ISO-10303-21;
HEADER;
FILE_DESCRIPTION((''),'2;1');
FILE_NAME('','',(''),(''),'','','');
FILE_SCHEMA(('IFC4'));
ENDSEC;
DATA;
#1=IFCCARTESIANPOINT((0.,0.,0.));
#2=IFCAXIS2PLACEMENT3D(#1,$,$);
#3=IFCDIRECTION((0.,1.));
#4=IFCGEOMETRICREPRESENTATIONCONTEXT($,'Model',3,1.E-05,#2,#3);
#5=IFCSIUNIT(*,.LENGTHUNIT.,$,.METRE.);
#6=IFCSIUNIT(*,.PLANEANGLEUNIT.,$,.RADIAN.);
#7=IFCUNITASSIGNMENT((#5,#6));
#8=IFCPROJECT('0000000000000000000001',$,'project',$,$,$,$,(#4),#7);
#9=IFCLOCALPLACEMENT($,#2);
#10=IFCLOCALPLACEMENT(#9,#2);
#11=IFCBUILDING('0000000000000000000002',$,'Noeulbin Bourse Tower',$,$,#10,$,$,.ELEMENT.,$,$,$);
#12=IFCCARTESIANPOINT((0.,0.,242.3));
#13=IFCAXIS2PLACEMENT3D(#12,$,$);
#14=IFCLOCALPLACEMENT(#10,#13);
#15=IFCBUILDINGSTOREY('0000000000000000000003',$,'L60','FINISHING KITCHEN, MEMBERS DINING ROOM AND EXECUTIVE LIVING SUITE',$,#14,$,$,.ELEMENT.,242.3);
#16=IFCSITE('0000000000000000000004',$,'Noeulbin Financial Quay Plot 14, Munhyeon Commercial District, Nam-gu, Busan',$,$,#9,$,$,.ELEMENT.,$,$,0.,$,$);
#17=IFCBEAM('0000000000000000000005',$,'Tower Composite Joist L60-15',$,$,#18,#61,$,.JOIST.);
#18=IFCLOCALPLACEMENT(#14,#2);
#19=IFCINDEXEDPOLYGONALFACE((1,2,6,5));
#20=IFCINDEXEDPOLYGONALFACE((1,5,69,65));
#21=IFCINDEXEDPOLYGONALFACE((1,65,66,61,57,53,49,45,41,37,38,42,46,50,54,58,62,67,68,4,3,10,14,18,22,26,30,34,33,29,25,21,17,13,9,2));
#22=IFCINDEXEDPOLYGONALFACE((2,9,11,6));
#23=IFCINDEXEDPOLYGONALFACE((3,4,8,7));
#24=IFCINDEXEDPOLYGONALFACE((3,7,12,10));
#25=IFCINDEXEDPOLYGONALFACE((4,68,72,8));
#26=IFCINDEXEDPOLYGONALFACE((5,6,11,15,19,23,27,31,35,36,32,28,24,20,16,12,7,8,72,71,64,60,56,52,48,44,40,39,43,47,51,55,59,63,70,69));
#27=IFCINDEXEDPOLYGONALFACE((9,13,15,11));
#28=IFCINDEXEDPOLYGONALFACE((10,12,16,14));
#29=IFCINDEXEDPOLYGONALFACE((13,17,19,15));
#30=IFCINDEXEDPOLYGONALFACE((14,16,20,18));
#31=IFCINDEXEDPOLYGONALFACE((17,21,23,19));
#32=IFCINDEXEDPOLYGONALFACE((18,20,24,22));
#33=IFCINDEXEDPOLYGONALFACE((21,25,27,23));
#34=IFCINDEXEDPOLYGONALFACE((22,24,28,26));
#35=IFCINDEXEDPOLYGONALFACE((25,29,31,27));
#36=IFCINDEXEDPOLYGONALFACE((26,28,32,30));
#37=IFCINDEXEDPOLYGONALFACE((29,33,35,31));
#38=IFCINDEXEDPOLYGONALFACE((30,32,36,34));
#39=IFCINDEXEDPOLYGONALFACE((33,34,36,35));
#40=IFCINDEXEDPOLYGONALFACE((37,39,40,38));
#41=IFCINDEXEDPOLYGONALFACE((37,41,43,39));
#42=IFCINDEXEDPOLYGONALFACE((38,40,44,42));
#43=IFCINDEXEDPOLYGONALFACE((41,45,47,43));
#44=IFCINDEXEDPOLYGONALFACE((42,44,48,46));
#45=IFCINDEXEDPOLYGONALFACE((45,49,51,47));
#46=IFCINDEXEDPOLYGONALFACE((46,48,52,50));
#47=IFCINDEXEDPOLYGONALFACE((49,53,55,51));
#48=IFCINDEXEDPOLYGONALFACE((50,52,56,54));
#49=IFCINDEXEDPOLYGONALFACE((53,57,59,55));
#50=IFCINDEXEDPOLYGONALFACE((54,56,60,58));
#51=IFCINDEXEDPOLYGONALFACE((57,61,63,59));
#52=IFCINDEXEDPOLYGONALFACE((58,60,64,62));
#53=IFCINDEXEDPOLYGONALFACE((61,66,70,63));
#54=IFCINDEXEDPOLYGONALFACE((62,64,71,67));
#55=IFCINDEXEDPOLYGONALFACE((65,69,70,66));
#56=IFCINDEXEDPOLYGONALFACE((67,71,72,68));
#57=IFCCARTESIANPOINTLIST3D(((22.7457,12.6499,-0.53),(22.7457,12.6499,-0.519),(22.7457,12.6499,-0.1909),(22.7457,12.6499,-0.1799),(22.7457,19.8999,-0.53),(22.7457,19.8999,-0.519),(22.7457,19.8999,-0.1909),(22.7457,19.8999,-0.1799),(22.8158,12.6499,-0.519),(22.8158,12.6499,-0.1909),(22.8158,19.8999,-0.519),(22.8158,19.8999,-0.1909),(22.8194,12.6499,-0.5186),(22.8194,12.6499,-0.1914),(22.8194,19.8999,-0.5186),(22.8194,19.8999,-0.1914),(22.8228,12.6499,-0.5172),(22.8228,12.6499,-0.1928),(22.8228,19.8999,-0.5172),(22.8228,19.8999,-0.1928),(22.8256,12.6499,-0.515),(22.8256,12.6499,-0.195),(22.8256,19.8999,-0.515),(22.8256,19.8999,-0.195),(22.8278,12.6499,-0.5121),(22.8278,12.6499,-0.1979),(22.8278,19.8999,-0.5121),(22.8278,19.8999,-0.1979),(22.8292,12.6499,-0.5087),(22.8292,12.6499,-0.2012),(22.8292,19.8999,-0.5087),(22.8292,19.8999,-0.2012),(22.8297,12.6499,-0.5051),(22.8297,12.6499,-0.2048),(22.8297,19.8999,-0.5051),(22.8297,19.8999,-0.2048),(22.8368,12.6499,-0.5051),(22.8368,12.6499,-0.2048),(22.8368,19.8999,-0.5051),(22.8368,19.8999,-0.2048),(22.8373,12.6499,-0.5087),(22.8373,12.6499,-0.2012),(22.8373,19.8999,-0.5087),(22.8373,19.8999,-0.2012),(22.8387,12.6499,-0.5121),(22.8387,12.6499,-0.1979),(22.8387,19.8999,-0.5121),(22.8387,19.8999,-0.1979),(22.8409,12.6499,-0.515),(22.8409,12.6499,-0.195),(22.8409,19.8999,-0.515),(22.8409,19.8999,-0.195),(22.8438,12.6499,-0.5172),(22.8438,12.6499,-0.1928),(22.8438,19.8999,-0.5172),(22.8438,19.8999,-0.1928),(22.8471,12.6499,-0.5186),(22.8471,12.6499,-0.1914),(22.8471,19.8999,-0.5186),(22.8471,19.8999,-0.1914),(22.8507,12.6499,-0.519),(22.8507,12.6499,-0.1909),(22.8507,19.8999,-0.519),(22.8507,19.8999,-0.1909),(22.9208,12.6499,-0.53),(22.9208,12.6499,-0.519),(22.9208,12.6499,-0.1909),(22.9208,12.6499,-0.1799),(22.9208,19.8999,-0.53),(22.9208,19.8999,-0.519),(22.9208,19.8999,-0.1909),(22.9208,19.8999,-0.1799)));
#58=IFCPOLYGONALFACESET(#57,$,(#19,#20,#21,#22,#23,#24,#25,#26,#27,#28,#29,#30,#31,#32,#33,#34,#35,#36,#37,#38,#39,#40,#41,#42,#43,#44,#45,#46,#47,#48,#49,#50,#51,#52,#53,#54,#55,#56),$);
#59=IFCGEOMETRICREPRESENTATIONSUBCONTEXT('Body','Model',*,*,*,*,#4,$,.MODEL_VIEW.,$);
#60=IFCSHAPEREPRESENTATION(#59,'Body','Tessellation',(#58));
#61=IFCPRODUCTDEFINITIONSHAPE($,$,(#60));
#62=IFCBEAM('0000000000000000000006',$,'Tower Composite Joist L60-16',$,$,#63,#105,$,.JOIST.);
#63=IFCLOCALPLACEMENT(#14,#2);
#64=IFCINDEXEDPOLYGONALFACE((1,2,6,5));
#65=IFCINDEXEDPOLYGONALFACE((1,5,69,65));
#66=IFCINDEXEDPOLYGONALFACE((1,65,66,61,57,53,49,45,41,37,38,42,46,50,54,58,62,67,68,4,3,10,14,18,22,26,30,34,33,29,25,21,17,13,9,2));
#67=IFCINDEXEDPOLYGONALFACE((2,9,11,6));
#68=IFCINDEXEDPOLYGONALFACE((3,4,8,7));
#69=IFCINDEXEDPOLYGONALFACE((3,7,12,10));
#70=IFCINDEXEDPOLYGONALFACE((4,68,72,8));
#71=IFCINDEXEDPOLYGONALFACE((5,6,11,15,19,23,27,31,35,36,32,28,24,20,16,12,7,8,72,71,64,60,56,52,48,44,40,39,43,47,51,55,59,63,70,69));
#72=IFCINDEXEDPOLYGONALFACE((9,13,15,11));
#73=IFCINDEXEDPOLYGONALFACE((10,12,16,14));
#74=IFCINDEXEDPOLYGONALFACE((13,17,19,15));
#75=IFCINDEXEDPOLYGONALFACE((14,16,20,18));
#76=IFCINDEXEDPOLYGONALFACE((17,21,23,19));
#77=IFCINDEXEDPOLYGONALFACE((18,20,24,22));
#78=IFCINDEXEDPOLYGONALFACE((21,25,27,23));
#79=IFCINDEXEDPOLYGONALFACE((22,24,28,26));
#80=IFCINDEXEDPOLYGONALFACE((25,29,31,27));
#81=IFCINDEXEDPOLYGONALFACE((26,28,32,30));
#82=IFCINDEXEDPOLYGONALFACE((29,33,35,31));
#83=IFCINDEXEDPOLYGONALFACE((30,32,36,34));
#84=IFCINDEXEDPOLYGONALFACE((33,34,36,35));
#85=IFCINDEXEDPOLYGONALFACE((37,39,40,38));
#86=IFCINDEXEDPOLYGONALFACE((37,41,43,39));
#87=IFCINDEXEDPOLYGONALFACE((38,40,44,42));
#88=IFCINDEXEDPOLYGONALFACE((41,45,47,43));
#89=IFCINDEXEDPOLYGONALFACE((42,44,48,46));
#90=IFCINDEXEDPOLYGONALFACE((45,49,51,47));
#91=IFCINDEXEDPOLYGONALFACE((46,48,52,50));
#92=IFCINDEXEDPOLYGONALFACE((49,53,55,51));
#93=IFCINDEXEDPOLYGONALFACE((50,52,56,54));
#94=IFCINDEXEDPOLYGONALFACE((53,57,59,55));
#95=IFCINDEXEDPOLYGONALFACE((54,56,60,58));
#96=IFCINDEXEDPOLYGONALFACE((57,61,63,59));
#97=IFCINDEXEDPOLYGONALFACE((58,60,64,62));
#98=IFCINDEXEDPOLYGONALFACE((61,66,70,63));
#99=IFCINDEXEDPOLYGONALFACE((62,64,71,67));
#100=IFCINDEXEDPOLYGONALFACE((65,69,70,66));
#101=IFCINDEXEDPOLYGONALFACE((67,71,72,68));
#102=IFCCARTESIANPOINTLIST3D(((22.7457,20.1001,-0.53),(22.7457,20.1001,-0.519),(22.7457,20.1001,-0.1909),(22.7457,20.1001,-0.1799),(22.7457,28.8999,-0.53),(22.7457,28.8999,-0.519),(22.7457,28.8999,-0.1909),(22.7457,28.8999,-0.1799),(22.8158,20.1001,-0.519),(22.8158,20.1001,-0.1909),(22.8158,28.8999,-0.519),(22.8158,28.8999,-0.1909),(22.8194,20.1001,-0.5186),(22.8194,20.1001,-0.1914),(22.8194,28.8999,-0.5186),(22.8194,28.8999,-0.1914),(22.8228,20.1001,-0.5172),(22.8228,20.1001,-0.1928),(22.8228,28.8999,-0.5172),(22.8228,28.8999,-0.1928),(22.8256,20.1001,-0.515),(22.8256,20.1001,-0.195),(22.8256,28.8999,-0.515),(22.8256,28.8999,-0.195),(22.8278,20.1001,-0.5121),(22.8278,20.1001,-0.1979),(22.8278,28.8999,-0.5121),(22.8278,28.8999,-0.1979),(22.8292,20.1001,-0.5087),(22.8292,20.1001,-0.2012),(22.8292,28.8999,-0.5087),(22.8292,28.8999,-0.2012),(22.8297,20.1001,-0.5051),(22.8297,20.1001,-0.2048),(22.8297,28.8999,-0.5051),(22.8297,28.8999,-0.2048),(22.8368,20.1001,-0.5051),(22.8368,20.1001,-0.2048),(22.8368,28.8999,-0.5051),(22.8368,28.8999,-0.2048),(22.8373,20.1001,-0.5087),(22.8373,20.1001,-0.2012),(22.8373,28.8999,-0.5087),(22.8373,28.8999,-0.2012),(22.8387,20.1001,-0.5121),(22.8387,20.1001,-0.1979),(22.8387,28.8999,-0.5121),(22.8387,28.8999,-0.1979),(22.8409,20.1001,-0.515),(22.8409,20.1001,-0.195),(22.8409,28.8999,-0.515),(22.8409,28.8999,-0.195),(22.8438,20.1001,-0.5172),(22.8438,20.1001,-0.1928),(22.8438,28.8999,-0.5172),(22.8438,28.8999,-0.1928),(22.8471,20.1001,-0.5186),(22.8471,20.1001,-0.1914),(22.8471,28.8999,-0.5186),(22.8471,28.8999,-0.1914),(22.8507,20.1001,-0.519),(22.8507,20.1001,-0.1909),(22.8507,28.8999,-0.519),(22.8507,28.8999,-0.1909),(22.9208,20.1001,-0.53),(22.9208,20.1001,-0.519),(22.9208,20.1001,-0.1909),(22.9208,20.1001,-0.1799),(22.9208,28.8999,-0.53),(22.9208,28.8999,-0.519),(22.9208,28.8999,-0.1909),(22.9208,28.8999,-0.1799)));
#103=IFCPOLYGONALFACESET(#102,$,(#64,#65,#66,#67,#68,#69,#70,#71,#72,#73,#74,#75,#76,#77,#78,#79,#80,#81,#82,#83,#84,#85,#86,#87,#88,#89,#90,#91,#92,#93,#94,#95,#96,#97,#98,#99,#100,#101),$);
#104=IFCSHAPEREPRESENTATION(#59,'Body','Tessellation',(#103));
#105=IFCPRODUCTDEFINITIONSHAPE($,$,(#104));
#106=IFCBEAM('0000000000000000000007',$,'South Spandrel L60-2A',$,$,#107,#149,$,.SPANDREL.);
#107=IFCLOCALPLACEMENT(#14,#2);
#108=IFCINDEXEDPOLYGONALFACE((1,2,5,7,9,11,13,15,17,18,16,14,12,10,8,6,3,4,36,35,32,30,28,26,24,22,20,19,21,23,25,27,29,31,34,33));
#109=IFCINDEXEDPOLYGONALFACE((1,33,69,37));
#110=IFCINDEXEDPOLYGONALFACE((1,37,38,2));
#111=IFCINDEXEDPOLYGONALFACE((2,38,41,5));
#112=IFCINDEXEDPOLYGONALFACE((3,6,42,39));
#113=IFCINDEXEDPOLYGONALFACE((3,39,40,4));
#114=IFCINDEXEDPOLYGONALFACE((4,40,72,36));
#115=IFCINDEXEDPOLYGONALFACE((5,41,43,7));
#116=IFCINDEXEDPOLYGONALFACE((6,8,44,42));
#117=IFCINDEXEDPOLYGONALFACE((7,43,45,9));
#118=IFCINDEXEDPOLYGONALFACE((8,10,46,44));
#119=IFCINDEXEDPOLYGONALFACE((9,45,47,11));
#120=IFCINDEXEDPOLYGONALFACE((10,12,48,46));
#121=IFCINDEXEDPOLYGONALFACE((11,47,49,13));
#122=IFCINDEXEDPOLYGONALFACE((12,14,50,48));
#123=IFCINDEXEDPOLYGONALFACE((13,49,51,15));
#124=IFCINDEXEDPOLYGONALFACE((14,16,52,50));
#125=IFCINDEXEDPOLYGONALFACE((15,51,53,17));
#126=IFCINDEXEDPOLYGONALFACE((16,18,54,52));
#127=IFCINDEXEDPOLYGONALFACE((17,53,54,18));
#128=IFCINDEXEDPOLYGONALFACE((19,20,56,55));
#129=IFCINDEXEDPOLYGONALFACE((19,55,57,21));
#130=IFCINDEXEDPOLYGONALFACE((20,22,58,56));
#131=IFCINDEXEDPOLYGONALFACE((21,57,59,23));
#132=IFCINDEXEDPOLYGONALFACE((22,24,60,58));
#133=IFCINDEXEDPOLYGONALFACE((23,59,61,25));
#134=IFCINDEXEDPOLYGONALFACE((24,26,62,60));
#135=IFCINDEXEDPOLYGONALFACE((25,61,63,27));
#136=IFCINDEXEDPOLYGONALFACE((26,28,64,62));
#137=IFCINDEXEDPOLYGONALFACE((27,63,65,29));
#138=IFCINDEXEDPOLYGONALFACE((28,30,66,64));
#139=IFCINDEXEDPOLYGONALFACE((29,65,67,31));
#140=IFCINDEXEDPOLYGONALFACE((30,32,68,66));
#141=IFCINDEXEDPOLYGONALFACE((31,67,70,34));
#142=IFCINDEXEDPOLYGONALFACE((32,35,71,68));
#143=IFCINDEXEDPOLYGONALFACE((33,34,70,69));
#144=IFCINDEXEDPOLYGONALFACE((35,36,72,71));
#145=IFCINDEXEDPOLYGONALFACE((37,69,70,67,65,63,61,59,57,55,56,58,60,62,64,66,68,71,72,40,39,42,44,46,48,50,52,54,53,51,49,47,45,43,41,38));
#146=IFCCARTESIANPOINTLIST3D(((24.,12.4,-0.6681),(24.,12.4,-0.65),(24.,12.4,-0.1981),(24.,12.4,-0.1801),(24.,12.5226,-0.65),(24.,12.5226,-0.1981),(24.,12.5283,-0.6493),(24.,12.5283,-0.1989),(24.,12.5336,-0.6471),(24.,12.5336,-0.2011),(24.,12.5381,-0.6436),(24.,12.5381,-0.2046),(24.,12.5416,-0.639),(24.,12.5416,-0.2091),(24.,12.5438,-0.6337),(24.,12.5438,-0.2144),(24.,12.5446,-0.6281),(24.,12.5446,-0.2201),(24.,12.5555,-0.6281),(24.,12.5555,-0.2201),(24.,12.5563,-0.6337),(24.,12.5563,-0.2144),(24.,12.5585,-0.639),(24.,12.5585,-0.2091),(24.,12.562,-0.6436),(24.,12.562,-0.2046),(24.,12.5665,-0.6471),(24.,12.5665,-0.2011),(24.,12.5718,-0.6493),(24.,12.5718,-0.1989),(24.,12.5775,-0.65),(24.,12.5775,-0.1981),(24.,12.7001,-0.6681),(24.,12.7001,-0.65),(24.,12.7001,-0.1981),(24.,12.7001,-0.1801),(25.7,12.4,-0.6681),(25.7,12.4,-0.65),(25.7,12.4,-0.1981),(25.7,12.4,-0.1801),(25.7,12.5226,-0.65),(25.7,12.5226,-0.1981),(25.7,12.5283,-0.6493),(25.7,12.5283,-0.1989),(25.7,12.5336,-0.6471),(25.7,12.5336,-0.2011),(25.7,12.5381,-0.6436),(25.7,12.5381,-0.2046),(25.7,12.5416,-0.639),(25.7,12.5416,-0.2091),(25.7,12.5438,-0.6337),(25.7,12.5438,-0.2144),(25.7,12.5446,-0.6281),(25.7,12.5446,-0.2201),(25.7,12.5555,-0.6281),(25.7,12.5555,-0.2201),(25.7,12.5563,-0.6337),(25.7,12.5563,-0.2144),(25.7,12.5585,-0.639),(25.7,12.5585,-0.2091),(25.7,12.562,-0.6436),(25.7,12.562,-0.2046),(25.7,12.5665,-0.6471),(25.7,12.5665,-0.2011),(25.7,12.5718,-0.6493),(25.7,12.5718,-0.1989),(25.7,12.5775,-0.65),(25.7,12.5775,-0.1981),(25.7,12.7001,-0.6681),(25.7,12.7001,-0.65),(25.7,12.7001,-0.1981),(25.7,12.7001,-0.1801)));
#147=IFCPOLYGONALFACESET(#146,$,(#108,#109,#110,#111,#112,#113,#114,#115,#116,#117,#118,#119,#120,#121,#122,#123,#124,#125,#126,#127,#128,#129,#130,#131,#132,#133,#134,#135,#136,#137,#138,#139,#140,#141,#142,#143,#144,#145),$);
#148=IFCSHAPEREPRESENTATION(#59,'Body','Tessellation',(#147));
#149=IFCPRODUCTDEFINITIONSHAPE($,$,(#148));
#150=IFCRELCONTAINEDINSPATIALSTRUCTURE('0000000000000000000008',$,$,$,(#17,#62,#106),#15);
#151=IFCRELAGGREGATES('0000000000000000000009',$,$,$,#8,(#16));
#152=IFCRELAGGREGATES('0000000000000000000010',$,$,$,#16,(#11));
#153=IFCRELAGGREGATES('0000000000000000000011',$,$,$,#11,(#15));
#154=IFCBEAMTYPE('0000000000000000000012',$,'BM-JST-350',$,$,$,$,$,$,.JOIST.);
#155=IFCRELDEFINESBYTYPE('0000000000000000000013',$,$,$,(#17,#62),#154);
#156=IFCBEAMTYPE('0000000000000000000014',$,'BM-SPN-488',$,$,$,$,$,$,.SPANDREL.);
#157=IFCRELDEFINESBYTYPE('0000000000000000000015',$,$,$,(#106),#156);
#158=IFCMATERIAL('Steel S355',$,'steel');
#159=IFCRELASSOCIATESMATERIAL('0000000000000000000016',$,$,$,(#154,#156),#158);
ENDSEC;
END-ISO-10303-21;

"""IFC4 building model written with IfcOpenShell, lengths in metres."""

from ifc_helpers import new_model, si_unit, direction, frame, origin, origin_2d, place, context, subcontext, project, spatial, i_section, extrude, material, material_profile, profile_set, type_object, element, save


model = new_model("IFC4")

# Units and contexts
model_context = context("Model", 3, precision=1e-05, world=origin(), true_north=direction((0.0, 1.0)))
body_context = subcontext(model_context, "Body", "Model", "MODEL_VIEW")
ifc_project = project(units=[si_unit("LENGTHUNIT", "METRE"), si_unit("PLANEANGLEUNIT", "RADIAN")], contexts=[model_context])

# Site, building, storey
site_placement = place(None, origin())
site = spatial("IfcSite", under=ifc_project, at=site_placement, Name="Noeulbin Financial Quay Plot 14, Munhyeon Commercial District, Nam-gu, Busan", CompositionType="ELEMENT", RefElevation=0.0)
building_placement = place(site_placement, origin())
building = spatial("IfcBuilding", under=site, at=building_placement, Name="Noeulbin Bourse Tower", CompositionType="ELEMENT")
storey_placement = place(building_placement, frame((0.0, 0.0, 242.3)))
storey = spatial("IfcBuildingStorey", under=building, at=storey_placement, Name="L60", Description="FINISHING KITCHEN, MEMBERS DINING ROOM AND EXECUTIVE LIVING SUITE", CompositionType="ELEMENT", Elevation=242.3)

# Shared definitions
ifc_material_1 = material(Name="Steel S355", Category="steel")

# Beams
ifc_material_profile_1 = material_profile(ifc_material_1, i_section(OverallWidth=0.175, OverallDepth=0.3501, WebThickness=0.0071, FlangeThickness=0.011, FilletRadius=0.0139, at=origin_2d()), Name="H-350x175x7x11", Category="LoadBearing")
ifc_profile_set_1 = profile_set([ifc_material_profile_1], Name="Steel S355")
beam_type_1 = type_object("IfcBeamType", Name="BM-JST-350", PredefinedType="JOIST", material=ifc_profile_set_1)
beam_1_placement = place(storey_placement, frame((22.8333, 12.6499, -0.355), z_axis=(0.0, 1.0, 0.0), x_axis=(-1.0, 0.0, 0.0)))
element("IfcBeam", 1, at=beam_1_placement, inside=storey, type_object=beam_type_1, Name="Tower Composite Joist L60-15", PredefinedType="JOIST", context=body_context, shape_type="SweptSolid", body=[
    extrude(i_section(OverallWidth=0.175, OverallDepth=0.3501, WebThickness=0.0071, FlangeThickness=0.011, FilletRadius=0.0139, at=origin_2d()), origin(), (0.0, 0.0, 1.0), 7.25),
])
beam_2_placement = place(storey_placement, frame((22.8333, 20.1001, -0.355), z_axis=(0.0, 1.0, 0.0), x_axis=(-1.0, 0.0, 0.0)))
element("IfcBeam", 2, at=beam_2_placement, inside=storey, type_object=beam_type_1, Name="Tower Composite Joist L60-16", PredefinedType="JOIST", context=body_context, shape_type="SweptSolid", body=[
    extrude(i_section(OverallWidth=0.175, OverallDepth=0.3501, WebThickness=0.0071, FlangeThickness=0.011, FilletRadius=0.0139, at=origin_2d()), origin(), (0.0, 0.0, 1.0), 8.7998),
])
ifc_material_profile_2 = material_profile(ifc_material_1, i_section(OverallWidth=0.3, OverallDepth=0.488, WebThickness=0.011, FlangeThickness=0.0181, FilletRadius=0.022, at=origin_2d()), Name="H-488x300x11x18", Category="LoadBearing")
ifc_profile_set_2 = profile_set([ifc_material_profile_2], Name="Steel S355")
beam_type_2 = type_object("IfcBeamType", Name="BM-SPN-488", PredefinedType="SPANDREL", material=ifc_profile_set_2)
beam_3_placement = place(storey_placement, frame((24.0, 12.55, -0.4241), z_axis=(1.0, 0.0, 0.0), x_axis=(0.0, 1.0, 0.0)))
element("IfcBeam", 3, at=beam_3_placement, inside=storey, type_object=beam_type_2, Name="South Spandrel L60-2A", PredefinedType="SPANDREL", context=body_context, shape_type="SweptSolid", body=[
    extrude(i_section(OverallWidth=0.3, OverallDepth=0.488, WebThickness=0.011, FlangeThickness=0.0181, FilletRadius=0.022, at=origin_2d()), origin(), (0.0, 0.0, 1.0), 1.7),
])

save(model, "model.ifc")
